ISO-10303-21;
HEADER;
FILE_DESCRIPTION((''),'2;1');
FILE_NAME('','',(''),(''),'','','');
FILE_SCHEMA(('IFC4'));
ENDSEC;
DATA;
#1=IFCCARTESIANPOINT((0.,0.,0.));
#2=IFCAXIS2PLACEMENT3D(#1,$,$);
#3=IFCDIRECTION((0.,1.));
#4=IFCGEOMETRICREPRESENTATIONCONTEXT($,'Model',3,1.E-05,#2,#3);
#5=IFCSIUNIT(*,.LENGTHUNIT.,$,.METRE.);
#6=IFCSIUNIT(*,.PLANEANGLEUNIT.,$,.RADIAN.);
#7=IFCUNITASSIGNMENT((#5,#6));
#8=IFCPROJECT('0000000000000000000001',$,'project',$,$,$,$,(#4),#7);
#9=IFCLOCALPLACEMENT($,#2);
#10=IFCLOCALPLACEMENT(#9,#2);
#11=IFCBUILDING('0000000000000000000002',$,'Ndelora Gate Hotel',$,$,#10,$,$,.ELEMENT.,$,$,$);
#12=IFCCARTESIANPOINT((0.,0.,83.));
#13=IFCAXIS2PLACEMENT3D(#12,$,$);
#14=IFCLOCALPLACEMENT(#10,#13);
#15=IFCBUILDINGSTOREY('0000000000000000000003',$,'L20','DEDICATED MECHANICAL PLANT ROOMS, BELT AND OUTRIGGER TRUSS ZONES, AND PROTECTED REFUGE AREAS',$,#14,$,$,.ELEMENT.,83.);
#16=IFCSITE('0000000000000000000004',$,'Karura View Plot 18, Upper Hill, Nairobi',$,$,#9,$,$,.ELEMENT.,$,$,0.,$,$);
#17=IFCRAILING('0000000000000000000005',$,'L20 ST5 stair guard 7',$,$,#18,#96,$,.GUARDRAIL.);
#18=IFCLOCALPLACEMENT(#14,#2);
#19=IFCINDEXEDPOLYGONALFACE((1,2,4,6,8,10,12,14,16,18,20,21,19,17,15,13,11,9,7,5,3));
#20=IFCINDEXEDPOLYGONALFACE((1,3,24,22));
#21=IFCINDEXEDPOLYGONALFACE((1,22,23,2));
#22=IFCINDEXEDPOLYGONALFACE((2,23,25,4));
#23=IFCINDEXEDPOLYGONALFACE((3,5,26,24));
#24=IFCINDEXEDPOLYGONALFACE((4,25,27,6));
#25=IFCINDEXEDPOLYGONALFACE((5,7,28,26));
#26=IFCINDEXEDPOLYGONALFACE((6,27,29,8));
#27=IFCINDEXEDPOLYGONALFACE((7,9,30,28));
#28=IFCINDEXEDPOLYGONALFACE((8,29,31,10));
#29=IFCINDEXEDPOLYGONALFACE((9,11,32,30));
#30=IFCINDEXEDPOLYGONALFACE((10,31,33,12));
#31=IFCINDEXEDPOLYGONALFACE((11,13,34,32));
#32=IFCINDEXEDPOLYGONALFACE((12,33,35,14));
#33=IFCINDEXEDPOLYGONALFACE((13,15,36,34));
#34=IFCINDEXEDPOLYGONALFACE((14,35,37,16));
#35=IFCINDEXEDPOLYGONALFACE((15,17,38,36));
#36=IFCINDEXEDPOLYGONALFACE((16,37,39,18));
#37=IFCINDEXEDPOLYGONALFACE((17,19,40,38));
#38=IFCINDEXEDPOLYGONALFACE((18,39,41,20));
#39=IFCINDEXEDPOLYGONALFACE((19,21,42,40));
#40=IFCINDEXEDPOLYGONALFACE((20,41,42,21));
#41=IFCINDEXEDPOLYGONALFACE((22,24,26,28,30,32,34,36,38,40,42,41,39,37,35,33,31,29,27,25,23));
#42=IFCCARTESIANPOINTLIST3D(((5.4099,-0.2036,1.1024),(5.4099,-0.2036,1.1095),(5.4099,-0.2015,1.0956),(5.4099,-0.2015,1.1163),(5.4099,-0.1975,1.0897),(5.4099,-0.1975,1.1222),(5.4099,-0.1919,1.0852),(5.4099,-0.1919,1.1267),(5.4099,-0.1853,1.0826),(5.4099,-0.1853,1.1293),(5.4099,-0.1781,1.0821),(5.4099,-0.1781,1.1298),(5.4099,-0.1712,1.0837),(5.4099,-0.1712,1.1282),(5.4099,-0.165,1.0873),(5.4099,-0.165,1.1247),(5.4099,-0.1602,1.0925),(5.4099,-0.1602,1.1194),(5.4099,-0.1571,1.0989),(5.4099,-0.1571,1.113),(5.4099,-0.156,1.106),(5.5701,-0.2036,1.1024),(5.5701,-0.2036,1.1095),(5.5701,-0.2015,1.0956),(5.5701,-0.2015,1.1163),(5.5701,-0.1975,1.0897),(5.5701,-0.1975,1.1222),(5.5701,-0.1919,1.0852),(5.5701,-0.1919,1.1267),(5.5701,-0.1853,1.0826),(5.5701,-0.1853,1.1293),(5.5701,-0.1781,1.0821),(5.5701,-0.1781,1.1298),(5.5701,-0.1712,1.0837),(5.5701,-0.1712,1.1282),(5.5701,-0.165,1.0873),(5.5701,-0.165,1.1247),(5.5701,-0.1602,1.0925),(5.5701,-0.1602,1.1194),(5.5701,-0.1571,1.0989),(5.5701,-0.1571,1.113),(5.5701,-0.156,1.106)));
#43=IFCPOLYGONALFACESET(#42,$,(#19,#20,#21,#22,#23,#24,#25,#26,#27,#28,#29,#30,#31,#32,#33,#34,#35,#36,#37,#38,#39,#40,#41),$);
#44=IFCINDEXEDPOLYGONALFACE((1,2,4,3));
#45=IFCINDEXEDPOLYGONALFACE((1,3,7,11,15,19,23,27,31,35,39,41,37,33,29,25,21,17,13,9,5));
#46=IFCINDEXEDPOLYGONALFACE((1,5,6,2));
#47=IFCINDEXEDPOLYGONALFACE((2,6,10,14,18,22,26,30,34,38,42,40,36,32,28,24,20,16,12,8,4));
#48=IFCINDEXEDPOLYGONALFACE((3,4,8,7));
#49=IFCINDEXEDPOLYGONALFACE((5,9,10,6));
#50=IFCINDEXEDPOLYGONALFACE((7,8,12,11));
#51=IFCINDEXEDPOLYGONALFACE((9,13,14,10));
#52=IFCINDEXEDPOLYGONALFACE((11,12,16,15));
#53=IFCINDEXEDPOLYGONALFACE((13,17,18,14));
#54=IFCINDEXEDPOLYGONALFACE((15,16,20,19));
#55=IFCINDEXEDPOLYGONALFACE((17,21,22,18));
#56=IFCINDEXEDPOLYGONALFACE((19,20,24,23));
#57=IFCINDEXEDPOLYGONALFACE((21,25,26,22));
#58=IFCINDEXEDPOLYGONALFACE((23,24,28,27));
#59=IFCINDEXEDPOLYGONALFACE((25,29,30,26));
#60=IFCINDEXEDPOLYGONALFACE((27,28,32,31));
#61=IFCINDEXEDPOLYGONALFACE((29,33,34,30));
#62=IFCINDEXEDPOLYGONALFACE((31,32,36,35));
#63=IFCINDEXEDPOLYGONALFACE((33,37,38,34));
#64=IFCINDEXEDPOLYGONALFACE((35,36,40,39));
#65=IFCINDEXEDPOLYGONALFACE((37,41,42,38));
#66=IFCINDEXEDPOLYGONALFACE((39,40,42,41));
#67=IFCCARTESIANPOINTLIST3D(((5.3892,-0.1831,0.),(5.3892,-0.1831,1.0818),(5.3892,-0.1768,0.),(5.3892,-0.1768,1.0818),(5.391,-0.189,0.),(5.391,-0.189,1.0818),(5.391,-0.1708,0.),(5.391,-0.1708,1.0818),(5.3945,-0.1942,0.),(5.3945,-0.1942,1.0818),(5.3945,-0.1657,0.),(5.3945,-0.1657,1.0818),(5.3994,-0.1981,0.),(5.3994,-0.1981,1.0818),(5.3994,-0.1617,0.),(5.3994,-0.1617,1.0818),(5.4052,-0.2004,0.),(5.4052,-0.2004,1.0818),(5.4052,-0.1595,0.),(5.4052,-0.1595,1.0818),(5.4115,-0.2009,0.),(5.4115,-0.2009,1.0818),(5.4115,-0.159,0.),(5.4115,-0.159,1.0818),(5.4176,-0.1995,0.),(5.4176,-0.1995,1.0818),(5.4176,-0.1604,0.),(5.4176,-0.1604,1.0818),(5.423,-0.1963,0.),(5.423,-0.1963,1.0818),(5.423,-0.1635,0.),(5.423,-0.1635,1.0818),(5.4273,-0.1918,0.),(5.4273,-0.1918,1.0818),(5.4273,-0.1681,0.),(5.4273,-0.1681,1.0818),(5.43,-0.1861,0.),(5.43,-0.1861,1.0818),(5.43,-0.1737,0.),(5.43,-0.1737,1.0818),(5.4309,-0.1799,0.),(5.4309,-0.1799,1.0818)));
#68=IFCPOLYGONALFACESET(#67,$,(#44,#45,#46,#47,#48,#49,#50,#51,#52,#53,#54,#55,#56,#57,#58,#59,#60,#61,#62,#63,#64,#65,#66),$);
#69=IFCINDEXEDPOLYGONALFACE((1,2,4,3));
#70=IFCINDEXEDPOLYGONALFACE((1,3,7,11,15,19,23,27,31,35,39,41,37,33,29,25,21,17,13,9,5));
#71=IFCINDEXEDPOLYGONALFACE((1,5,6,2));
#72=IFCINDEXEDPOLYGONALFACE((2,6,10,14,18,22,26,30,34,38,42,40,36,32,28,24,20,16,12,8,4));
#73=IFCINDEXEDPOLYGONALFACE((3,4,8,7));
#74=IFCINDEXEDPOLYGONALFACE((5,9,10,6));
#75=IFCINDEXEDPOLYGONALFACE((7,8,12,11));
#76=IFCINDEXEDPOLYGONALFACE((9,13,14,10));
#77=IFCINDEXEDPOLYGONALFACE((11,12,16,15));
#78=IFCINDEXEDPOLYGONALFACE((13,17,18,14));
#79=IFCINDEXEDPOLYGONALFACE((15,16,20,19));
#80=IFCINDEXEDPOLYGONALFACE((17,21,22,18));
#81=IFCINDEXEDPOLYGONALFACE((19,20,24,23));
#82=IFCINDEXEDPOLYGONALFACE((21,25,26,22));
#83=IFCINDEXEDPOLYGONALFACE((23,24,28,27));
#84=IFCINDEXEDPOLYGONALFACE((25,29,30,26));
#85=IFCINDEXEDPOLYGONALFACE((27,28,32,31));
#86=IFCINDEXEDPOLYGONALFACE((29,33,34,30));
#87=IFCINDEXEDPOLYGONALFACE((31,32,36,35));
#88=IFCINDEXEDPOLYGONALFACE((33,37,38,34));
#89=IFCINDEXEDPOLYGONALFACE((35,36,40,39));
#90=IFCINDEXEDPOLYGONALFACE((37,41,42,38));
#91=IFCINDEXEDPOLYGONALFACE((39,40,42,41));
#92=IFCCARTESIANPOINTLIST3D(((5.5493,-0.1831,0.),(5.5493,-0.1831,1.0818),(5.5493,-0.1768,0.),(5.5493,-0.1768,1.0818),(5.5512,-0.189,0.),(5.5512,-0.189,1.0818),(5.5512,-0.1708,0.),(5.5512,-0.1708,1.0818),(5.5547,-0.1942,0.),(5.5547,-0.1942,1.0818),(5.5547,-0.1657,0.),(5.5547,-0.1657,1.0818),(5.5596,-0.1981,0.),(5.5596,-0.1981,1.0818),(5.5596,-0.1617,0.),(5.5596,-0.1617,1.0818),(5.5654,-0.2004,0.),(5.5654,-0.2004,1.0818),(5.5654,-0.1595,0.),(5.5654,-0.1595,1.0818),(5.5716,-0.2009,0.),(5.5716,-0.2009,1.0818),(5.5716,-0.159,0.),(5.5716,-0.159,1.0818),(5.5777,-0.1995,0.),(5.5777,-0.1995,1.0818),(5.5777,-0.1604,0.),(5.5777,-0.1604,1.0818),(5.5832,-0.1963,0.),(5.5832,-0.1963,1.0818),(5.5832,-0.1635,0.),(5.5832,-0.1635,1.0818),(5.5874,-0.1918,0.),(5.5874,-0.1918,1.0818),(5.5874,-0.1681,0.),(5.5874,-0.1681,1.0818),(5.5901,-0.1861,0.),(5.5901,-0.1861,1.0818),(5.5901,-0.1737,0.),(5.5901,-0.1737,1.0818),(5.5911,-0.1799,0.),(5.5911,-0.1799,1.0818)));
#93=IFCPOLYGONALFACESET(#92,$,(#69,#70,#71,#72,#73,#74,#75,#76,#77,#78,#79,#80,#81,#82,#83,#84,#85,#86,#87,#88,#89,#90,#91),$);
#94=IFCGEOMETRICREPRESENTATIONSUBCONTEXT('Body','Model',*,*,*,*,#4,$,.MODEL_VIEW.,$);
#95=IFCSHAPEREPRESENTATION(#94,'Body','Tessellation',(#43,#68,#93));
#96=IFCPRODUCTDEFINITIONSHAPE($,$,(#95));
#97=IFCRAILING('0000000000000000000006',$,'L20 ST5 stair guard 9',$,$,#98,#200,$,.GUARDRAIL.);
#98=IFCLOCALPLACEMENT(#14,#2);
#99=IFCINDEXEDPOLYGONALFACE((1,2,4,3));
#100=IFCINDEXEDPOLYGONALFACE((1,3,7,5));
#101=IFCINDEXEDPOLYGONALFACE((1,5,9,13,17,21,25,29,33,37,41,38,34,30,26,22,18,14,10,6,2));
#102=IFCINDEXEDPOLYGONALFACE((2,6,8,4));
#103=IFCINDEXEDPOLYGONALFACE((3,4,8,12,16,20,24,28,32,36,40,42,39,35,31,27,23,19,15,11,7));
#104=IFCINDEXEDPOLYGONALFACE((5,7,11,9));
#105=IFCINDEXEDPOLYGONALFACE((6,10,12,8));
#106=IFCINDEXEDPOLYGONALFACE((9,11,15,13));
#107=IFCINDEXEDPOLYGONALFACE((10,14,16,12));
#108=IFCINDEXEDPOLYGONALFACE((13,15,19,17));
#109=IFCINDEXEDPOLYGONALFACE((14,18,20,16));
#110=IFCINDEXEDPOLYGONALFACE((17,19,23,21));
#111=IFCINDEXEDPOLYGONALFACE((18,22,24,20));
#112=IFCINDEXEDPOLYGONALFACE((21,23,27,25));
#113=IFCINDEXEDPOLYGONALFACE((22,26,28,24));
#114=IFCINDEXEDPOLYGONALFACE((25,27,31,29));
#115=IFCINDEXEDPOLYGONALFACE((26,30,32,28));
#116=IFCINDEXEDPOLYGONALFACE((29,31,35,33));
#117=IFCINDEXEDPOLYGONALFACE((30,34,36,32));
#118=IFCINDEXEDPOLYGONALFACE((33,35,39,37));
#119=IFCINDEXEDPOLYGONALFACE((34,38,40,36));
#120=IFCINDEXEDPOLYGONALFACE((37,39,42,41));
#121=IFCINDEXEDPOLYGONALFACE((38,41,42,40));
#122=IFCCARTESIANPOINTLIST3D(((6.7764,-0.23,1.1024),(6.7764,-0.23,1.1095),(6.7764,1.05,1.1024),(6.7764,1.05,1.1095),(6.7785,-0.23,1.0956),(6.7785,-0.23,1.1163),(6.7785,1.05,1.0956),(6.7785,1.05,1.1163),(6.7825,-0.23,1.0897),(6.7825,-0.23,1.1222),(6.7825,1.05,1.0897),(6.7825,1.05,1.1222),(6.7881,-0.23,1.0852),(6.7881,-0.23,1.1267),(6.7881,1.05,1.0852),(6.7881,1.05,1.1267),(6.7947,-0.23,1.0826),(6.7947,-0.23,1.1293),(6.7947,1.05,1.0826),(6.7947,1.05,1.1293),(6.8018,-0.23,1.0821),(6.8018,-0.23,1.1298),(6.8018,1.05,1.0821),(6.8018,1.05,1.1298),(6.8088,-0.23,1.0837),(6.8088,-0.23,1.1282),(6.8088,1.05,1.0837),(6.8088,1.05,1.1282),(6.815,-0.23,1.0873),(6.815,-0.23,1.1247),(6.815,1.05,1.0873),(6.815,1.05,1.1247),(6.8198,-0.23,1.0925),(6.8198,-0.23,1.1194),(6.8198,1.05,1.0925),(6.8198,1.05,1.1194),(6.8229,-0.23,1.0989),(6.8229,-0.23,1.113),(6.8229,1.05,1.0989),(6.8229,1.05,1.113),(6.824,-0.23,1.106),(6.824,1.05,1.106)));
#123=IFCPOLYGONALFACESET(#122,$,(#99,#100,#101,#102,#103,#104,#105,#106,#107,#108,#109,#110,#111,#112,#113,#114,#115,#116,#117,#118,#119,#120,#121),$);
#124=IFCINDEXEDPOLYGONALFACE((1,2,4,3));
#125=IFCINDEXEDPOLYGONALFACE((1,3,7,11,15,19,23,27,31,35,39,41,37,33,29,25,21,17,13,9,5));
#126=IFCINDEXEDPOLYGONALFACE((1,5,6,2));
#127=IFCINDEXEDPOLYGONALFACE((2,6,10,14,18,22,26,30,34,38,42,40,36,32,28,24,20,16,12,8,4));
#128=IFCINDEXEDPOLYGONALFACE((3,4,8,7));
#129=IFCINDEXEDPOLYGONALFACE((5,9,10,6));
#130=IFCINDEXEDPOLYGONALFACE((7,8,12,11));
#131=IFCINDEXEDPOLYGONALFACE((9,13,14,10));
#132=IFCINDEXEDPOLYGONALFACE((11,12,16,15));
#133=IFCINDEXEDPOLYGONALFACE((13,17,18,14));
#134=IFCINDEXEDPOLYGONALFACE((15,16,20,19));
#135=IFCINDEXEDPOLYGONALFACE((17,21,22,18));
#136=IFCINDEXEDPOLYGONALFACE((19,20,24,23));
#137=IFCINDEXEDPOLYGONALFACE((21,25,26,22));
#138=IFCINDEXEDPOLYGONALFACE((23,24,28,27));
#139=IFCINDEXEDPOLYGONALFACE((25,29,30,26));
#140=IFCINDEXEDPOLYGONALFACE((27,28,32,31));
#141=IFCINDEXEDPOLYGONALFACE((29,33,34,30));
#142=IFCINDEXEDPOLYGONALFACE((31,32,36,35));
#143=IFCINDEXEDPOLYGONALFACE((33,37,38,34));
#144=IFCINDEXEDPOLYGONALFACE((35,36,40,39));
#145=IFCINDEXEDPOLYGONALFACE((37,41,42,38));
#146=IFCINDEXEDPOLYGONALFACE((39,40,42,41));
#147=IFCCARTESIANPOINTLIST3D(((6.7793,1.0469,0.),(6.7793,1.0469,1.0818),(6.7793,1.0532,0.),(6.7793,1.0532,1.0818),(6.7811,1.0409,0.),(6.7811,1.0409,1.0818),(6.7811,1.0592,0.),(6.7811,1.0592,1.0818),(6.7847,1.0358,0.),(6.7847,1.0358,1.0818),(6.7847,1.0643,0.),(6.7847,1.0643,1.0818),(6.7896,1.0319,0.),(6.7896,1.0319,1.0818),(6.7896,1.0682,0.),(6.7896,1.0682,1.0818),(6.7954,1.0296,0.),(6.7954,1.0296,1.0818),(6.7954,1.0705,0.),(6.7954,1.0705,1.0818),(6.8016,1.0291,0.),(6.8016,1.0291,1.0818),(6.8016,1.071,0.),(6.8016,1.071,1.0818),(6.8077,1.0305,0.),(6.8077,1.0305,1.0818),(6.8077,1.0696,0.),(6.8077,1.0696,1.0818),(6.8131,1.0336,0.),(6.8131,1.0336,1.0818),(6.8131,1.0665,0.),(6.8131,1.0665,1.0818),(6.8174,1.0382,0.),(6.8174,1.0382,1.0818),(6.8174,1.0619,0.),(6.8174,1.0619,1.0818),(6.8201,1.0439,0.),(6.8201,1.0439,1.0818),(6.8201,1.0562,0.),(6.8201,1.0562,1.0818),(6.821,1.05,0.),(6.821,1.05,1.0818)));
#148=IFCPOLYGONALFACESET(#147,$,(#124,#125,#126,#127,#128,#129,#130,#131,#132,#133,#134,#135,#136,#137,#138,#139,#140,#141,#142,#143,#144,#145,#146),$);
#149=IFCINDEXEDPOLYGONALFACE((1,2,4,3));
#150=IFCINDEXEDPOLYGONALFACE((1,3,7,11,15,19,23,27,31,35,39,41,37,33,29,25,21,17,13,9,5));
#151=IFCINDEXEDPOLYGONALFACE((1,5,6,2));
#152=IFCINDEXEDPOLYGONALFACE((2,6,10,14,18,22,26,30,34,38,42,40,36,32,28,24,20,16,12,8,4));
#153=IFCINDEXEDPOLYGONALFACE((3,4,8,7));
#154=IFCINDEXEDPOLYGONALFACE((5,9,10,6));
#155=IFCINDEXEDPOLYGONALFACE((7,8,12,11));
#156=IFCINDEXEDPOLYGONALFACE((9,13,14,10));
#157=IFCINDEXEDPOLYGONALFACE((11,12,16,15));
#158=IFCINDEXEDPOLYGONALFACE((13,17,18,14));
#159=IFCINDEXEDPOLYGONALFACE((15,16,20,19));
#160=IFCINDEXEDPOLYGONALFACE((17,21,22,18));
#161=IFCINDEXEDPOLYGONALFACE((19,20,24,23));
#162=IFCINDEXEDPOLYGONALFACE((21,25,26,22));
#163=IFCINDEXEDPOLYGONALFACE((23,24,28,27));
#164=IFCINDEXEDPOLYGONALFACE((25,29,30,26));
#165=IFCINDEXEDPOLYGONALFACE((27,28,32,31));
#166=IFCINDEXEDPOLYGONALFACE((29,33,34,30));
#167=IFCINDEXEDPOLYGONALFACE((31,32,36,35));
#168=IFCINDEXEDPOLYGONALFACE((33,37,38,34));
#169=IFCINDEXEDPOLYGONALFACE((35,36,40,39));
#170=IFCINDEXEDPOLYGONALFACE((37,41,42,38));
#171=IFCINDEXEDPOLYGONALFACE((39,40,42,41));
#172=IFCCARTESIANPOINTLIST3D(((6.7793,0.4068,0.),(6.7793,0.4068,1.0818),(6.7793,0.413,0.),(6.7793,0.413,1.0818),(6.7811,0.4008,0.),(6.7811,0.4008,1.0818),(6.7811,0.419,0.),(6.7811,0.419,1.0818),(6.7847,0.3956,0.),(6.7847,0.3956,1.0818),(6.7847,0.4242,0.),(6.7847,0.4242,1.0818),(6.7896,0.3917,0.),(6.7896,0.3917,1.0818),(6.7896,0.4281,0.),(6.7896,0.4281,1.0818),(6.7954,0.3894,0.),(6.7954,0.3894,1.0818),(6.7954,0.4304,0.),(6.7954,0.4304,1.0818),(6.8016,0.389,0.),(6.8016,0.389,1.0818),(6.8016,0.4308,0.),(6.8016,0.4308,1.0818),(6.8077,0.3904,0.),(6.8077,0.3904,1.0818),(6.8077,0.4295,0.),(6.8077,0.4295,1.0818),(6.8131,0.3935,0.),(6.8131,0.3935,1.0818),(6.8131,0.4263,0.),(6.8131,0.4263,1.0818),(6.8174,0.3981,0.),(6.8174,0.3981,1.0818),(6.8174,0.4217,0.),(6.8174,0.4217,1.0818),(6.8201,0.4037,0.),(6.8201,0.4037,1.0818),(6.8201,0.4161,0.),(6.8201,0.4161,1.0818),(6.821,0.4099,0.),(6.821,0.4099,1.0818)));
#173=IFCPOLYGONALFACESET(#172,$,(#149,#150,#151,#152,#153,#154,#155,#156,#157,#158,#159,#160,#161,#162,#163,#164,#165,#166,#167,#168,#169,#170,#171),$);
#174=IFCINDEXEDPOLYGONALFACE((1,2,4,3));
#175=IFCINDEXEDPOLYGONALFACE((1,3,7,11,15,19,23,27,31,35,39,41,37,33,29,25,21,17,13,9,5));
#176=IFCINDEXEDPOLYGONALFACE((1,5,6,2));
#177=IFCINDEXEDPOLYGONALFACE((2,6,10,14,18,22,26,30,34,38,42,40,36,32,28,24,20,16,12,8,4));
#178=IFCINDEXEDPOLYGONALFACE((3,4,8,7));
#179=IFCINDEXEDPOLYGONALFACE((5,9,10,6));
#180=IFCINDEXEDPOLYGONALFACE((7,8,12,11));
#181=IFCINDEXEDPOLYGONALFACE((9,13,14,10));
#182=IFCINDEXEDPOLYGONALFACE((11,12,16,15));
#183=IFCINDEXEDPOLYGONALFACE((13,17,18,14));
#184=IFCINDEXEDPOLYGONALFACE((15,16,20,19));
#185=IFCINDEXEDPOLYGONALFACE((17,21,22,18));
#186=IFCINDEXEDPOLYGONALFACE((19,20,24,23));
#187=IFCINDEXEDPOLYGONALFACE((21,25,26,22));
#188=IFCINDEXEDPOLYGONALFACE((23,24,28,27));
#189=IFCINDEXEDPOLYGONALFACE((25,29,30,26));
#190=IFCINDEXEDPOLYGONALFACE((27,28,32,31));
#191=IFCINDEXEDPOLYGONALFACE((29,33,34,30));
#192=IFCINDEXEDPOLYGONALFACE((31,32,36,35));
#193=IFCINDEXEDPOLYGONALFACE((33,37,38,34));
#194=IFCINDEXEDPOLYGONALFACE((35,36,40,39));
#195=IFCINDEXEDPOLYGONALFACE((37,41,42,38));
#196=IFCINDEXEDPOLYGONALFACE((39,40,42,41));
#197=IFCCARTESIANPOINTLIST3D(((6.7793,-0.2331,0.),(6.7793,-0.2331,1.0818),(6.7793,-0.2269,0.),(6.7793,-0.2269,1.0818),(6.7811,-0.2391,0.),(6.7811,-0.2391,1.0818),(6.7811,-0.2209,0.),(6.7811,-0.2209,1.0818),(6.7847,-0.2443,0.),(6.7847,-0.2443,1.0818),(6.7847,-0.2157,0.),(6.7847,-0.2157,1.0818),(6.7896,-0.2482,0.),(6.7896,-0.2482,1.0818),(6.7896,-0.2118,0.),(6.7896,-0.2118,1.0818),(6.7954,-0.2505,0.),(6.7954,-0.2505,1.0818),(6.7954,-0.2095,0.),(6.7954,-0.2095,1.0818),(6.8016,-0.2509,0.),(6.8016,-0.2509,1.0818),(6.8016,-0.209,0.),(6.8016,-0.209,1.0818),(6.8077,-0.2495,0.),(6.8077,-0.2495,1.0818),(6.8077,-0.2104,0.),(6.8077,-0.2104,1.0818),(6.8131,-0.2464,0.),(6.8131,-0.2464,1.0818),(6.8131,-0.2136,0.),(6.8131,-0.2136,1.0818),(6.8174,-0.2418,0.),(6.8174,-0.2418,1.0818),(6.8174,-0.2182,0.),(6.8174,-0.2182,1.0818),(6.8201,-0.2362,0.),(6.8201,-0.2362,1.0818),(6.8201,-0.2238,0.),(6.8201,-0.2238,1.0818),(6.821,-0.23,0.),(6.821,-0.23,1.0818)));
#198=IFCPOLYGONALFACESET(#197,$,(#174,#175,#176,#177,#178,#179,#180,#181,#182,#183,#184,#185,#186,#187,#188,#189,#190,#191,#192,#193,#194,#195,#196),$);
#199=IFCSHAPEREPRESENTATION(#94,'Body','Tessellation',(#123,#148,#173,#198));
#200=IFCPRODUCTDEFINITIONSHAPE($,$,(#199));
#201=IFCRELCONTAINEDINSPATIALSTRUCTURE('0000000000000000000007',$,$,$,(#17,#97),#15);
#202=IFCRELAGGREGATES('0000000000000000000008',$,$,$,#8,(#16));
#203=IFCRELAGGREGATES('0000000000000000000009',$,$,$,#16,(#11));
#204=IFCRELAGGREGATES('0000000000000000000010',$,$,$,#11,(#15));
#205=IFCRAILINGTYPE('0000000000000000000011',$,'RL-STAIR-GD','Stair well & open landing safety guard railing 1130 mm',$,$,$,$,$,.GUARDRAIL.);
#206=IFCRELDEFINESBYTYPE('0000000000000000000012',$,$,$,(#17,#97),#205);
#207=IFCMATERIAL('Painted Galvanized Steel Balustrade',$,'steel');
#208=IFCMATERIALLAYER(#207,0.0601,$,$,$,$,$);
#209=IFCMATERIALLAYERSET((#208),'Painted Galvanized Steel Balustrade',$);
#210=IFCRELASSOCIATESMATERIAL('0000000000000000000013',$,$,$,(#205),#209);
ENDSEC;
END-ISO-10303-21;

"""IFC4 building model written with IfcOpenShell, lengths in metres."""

from ifc_helpers import new_model, si_unit, direction, frame, origin, origin_2d, place, context, subcontext, project, spatial, circle, extrude, material, layer, layer_set, type_object, element, save


model = new_model("IFC4")

# Units and contexts
model_context = context("Model", 3, precision=1e-05, world=origin(), true_north=direction((0.0, 1.0)))
body_context = subcontext(model_context, "Body", "Model", "MODEL_VIEW")
ifc_project = project(units=[si_unit("LENGTHUNIT", "METRE"), si_unit("PLANEANGLEUNIT", "RADIAN")], contexts=[model_context])

# Site, building, storey
site_placement = place(None, origin())
site = spatial("IfcSite", under=ifc_project, at=site_placement, Name="Karura View Plot 18, Upper Hill, Nairobi", CompositionType="ELEMENT", RefElevation=0.0)
building_placement = place(site_placement, origin())
building = spatial("IfcBuilding", under=site, at=building_placement, Name="Ndelora Gate Hotel", CompositionType="ELEMENT")
storey_placement = place(building_placement, frame((0.0, 0.0, 83.0)))
storey = spatial("IfcBuildingStorey", under=building, at=storey_placement, Name="L20", Description="DEDICATED MECHANICAL PLANT ROOMS, BELT AND OUTRIGGER TRUSS ZONES, AND PROTECTED REFUGE AREAS", CompositionType="ELEMENT", Elevation=83.0)

# Railings
ifc_material_1 = material(Name="Painted Galvanized Steel Balustrade", Category="steel")
ifc_layer_1 = layer(ifc_material_1, 0.0601)
ifc_layer_set_1 = layer_set([ifc_layer_1], Name="Painted Galvanized Steel Balustrade")
railing_type = type_object("IfcRailingType", Name="RL-STAIR-GD", Description="Stair well & open landing safety guard railing 1130 mm", PredefinedType="GUARDRAIL", material=ifc_layer_set_1)
railing_1_placement = place(storey_placement, frame((5.4099, -0.1799, 0.0)))
element("IfcRailing", 1, at=railing_1_placement, inside=storey, type_object=railing_type, Name="L20 ST5 stair guard 7", PredefinedType="GUARDRAIL", context=body_context, shape_type="SweptSolid", body=[
    extrude(circle(Radius=0.0239, at=origin_2d()), frame((0.0, 0.0, 1.106), z_axis=(1.0, 0.0, 0.0), x_axis=(0.0, 1.0, 0.0)), (0.0, 0.0, 1.0), 0.1602),
    extrude(circle(Radius=0.021, at=origin_2d()), origin(), (0.0, 0.0, 1.0), 1.0818),
    extrude(circle(Radius=0.021, at=origin_2d()), frame((0.1602, 0.0, 0.0)), (0.0, 0.0, 1.0), 1.0818),
])
railing_2_placement = place(storey_placement, frame((6.8, 1.05, 0.0)))
element("IfcRailing", 2, at=railing_2_placement, inside=storey, type_object=railing_type, Name="L20 ST5 stair guard 9", PredefinedType="GUARDRAIL", context=body_context, shape_type="SweptSolid", body=[
    extrude(circle(Radius=0.0239, at=origin_2d()), frame((0.0, 0.0, 1.106), z_axis=(0.0, -1.0, 0.0), x_axis=(1.0, 0.0, 0.0)), (0.0, 0.0, 1.0), 1.28),
    extrude(circle(Radius=0.021, at=origin_2d()), origin(), (0.0, 0.0, 1.0), 1.0818),
    extrude(circle(Radius=0.021, at=origin_2d()), frame((0.0, -0.6401, 0.0)), (0.0, 0.0, 1.0), 1.0818),
    extrude(circle(Radius=0.021, at=origin_2d()), frame((0.0, -1.28, 0.0)), (0.0, 0.0, 1.0), 1.0818),
])

save(model, "model.ifc")
